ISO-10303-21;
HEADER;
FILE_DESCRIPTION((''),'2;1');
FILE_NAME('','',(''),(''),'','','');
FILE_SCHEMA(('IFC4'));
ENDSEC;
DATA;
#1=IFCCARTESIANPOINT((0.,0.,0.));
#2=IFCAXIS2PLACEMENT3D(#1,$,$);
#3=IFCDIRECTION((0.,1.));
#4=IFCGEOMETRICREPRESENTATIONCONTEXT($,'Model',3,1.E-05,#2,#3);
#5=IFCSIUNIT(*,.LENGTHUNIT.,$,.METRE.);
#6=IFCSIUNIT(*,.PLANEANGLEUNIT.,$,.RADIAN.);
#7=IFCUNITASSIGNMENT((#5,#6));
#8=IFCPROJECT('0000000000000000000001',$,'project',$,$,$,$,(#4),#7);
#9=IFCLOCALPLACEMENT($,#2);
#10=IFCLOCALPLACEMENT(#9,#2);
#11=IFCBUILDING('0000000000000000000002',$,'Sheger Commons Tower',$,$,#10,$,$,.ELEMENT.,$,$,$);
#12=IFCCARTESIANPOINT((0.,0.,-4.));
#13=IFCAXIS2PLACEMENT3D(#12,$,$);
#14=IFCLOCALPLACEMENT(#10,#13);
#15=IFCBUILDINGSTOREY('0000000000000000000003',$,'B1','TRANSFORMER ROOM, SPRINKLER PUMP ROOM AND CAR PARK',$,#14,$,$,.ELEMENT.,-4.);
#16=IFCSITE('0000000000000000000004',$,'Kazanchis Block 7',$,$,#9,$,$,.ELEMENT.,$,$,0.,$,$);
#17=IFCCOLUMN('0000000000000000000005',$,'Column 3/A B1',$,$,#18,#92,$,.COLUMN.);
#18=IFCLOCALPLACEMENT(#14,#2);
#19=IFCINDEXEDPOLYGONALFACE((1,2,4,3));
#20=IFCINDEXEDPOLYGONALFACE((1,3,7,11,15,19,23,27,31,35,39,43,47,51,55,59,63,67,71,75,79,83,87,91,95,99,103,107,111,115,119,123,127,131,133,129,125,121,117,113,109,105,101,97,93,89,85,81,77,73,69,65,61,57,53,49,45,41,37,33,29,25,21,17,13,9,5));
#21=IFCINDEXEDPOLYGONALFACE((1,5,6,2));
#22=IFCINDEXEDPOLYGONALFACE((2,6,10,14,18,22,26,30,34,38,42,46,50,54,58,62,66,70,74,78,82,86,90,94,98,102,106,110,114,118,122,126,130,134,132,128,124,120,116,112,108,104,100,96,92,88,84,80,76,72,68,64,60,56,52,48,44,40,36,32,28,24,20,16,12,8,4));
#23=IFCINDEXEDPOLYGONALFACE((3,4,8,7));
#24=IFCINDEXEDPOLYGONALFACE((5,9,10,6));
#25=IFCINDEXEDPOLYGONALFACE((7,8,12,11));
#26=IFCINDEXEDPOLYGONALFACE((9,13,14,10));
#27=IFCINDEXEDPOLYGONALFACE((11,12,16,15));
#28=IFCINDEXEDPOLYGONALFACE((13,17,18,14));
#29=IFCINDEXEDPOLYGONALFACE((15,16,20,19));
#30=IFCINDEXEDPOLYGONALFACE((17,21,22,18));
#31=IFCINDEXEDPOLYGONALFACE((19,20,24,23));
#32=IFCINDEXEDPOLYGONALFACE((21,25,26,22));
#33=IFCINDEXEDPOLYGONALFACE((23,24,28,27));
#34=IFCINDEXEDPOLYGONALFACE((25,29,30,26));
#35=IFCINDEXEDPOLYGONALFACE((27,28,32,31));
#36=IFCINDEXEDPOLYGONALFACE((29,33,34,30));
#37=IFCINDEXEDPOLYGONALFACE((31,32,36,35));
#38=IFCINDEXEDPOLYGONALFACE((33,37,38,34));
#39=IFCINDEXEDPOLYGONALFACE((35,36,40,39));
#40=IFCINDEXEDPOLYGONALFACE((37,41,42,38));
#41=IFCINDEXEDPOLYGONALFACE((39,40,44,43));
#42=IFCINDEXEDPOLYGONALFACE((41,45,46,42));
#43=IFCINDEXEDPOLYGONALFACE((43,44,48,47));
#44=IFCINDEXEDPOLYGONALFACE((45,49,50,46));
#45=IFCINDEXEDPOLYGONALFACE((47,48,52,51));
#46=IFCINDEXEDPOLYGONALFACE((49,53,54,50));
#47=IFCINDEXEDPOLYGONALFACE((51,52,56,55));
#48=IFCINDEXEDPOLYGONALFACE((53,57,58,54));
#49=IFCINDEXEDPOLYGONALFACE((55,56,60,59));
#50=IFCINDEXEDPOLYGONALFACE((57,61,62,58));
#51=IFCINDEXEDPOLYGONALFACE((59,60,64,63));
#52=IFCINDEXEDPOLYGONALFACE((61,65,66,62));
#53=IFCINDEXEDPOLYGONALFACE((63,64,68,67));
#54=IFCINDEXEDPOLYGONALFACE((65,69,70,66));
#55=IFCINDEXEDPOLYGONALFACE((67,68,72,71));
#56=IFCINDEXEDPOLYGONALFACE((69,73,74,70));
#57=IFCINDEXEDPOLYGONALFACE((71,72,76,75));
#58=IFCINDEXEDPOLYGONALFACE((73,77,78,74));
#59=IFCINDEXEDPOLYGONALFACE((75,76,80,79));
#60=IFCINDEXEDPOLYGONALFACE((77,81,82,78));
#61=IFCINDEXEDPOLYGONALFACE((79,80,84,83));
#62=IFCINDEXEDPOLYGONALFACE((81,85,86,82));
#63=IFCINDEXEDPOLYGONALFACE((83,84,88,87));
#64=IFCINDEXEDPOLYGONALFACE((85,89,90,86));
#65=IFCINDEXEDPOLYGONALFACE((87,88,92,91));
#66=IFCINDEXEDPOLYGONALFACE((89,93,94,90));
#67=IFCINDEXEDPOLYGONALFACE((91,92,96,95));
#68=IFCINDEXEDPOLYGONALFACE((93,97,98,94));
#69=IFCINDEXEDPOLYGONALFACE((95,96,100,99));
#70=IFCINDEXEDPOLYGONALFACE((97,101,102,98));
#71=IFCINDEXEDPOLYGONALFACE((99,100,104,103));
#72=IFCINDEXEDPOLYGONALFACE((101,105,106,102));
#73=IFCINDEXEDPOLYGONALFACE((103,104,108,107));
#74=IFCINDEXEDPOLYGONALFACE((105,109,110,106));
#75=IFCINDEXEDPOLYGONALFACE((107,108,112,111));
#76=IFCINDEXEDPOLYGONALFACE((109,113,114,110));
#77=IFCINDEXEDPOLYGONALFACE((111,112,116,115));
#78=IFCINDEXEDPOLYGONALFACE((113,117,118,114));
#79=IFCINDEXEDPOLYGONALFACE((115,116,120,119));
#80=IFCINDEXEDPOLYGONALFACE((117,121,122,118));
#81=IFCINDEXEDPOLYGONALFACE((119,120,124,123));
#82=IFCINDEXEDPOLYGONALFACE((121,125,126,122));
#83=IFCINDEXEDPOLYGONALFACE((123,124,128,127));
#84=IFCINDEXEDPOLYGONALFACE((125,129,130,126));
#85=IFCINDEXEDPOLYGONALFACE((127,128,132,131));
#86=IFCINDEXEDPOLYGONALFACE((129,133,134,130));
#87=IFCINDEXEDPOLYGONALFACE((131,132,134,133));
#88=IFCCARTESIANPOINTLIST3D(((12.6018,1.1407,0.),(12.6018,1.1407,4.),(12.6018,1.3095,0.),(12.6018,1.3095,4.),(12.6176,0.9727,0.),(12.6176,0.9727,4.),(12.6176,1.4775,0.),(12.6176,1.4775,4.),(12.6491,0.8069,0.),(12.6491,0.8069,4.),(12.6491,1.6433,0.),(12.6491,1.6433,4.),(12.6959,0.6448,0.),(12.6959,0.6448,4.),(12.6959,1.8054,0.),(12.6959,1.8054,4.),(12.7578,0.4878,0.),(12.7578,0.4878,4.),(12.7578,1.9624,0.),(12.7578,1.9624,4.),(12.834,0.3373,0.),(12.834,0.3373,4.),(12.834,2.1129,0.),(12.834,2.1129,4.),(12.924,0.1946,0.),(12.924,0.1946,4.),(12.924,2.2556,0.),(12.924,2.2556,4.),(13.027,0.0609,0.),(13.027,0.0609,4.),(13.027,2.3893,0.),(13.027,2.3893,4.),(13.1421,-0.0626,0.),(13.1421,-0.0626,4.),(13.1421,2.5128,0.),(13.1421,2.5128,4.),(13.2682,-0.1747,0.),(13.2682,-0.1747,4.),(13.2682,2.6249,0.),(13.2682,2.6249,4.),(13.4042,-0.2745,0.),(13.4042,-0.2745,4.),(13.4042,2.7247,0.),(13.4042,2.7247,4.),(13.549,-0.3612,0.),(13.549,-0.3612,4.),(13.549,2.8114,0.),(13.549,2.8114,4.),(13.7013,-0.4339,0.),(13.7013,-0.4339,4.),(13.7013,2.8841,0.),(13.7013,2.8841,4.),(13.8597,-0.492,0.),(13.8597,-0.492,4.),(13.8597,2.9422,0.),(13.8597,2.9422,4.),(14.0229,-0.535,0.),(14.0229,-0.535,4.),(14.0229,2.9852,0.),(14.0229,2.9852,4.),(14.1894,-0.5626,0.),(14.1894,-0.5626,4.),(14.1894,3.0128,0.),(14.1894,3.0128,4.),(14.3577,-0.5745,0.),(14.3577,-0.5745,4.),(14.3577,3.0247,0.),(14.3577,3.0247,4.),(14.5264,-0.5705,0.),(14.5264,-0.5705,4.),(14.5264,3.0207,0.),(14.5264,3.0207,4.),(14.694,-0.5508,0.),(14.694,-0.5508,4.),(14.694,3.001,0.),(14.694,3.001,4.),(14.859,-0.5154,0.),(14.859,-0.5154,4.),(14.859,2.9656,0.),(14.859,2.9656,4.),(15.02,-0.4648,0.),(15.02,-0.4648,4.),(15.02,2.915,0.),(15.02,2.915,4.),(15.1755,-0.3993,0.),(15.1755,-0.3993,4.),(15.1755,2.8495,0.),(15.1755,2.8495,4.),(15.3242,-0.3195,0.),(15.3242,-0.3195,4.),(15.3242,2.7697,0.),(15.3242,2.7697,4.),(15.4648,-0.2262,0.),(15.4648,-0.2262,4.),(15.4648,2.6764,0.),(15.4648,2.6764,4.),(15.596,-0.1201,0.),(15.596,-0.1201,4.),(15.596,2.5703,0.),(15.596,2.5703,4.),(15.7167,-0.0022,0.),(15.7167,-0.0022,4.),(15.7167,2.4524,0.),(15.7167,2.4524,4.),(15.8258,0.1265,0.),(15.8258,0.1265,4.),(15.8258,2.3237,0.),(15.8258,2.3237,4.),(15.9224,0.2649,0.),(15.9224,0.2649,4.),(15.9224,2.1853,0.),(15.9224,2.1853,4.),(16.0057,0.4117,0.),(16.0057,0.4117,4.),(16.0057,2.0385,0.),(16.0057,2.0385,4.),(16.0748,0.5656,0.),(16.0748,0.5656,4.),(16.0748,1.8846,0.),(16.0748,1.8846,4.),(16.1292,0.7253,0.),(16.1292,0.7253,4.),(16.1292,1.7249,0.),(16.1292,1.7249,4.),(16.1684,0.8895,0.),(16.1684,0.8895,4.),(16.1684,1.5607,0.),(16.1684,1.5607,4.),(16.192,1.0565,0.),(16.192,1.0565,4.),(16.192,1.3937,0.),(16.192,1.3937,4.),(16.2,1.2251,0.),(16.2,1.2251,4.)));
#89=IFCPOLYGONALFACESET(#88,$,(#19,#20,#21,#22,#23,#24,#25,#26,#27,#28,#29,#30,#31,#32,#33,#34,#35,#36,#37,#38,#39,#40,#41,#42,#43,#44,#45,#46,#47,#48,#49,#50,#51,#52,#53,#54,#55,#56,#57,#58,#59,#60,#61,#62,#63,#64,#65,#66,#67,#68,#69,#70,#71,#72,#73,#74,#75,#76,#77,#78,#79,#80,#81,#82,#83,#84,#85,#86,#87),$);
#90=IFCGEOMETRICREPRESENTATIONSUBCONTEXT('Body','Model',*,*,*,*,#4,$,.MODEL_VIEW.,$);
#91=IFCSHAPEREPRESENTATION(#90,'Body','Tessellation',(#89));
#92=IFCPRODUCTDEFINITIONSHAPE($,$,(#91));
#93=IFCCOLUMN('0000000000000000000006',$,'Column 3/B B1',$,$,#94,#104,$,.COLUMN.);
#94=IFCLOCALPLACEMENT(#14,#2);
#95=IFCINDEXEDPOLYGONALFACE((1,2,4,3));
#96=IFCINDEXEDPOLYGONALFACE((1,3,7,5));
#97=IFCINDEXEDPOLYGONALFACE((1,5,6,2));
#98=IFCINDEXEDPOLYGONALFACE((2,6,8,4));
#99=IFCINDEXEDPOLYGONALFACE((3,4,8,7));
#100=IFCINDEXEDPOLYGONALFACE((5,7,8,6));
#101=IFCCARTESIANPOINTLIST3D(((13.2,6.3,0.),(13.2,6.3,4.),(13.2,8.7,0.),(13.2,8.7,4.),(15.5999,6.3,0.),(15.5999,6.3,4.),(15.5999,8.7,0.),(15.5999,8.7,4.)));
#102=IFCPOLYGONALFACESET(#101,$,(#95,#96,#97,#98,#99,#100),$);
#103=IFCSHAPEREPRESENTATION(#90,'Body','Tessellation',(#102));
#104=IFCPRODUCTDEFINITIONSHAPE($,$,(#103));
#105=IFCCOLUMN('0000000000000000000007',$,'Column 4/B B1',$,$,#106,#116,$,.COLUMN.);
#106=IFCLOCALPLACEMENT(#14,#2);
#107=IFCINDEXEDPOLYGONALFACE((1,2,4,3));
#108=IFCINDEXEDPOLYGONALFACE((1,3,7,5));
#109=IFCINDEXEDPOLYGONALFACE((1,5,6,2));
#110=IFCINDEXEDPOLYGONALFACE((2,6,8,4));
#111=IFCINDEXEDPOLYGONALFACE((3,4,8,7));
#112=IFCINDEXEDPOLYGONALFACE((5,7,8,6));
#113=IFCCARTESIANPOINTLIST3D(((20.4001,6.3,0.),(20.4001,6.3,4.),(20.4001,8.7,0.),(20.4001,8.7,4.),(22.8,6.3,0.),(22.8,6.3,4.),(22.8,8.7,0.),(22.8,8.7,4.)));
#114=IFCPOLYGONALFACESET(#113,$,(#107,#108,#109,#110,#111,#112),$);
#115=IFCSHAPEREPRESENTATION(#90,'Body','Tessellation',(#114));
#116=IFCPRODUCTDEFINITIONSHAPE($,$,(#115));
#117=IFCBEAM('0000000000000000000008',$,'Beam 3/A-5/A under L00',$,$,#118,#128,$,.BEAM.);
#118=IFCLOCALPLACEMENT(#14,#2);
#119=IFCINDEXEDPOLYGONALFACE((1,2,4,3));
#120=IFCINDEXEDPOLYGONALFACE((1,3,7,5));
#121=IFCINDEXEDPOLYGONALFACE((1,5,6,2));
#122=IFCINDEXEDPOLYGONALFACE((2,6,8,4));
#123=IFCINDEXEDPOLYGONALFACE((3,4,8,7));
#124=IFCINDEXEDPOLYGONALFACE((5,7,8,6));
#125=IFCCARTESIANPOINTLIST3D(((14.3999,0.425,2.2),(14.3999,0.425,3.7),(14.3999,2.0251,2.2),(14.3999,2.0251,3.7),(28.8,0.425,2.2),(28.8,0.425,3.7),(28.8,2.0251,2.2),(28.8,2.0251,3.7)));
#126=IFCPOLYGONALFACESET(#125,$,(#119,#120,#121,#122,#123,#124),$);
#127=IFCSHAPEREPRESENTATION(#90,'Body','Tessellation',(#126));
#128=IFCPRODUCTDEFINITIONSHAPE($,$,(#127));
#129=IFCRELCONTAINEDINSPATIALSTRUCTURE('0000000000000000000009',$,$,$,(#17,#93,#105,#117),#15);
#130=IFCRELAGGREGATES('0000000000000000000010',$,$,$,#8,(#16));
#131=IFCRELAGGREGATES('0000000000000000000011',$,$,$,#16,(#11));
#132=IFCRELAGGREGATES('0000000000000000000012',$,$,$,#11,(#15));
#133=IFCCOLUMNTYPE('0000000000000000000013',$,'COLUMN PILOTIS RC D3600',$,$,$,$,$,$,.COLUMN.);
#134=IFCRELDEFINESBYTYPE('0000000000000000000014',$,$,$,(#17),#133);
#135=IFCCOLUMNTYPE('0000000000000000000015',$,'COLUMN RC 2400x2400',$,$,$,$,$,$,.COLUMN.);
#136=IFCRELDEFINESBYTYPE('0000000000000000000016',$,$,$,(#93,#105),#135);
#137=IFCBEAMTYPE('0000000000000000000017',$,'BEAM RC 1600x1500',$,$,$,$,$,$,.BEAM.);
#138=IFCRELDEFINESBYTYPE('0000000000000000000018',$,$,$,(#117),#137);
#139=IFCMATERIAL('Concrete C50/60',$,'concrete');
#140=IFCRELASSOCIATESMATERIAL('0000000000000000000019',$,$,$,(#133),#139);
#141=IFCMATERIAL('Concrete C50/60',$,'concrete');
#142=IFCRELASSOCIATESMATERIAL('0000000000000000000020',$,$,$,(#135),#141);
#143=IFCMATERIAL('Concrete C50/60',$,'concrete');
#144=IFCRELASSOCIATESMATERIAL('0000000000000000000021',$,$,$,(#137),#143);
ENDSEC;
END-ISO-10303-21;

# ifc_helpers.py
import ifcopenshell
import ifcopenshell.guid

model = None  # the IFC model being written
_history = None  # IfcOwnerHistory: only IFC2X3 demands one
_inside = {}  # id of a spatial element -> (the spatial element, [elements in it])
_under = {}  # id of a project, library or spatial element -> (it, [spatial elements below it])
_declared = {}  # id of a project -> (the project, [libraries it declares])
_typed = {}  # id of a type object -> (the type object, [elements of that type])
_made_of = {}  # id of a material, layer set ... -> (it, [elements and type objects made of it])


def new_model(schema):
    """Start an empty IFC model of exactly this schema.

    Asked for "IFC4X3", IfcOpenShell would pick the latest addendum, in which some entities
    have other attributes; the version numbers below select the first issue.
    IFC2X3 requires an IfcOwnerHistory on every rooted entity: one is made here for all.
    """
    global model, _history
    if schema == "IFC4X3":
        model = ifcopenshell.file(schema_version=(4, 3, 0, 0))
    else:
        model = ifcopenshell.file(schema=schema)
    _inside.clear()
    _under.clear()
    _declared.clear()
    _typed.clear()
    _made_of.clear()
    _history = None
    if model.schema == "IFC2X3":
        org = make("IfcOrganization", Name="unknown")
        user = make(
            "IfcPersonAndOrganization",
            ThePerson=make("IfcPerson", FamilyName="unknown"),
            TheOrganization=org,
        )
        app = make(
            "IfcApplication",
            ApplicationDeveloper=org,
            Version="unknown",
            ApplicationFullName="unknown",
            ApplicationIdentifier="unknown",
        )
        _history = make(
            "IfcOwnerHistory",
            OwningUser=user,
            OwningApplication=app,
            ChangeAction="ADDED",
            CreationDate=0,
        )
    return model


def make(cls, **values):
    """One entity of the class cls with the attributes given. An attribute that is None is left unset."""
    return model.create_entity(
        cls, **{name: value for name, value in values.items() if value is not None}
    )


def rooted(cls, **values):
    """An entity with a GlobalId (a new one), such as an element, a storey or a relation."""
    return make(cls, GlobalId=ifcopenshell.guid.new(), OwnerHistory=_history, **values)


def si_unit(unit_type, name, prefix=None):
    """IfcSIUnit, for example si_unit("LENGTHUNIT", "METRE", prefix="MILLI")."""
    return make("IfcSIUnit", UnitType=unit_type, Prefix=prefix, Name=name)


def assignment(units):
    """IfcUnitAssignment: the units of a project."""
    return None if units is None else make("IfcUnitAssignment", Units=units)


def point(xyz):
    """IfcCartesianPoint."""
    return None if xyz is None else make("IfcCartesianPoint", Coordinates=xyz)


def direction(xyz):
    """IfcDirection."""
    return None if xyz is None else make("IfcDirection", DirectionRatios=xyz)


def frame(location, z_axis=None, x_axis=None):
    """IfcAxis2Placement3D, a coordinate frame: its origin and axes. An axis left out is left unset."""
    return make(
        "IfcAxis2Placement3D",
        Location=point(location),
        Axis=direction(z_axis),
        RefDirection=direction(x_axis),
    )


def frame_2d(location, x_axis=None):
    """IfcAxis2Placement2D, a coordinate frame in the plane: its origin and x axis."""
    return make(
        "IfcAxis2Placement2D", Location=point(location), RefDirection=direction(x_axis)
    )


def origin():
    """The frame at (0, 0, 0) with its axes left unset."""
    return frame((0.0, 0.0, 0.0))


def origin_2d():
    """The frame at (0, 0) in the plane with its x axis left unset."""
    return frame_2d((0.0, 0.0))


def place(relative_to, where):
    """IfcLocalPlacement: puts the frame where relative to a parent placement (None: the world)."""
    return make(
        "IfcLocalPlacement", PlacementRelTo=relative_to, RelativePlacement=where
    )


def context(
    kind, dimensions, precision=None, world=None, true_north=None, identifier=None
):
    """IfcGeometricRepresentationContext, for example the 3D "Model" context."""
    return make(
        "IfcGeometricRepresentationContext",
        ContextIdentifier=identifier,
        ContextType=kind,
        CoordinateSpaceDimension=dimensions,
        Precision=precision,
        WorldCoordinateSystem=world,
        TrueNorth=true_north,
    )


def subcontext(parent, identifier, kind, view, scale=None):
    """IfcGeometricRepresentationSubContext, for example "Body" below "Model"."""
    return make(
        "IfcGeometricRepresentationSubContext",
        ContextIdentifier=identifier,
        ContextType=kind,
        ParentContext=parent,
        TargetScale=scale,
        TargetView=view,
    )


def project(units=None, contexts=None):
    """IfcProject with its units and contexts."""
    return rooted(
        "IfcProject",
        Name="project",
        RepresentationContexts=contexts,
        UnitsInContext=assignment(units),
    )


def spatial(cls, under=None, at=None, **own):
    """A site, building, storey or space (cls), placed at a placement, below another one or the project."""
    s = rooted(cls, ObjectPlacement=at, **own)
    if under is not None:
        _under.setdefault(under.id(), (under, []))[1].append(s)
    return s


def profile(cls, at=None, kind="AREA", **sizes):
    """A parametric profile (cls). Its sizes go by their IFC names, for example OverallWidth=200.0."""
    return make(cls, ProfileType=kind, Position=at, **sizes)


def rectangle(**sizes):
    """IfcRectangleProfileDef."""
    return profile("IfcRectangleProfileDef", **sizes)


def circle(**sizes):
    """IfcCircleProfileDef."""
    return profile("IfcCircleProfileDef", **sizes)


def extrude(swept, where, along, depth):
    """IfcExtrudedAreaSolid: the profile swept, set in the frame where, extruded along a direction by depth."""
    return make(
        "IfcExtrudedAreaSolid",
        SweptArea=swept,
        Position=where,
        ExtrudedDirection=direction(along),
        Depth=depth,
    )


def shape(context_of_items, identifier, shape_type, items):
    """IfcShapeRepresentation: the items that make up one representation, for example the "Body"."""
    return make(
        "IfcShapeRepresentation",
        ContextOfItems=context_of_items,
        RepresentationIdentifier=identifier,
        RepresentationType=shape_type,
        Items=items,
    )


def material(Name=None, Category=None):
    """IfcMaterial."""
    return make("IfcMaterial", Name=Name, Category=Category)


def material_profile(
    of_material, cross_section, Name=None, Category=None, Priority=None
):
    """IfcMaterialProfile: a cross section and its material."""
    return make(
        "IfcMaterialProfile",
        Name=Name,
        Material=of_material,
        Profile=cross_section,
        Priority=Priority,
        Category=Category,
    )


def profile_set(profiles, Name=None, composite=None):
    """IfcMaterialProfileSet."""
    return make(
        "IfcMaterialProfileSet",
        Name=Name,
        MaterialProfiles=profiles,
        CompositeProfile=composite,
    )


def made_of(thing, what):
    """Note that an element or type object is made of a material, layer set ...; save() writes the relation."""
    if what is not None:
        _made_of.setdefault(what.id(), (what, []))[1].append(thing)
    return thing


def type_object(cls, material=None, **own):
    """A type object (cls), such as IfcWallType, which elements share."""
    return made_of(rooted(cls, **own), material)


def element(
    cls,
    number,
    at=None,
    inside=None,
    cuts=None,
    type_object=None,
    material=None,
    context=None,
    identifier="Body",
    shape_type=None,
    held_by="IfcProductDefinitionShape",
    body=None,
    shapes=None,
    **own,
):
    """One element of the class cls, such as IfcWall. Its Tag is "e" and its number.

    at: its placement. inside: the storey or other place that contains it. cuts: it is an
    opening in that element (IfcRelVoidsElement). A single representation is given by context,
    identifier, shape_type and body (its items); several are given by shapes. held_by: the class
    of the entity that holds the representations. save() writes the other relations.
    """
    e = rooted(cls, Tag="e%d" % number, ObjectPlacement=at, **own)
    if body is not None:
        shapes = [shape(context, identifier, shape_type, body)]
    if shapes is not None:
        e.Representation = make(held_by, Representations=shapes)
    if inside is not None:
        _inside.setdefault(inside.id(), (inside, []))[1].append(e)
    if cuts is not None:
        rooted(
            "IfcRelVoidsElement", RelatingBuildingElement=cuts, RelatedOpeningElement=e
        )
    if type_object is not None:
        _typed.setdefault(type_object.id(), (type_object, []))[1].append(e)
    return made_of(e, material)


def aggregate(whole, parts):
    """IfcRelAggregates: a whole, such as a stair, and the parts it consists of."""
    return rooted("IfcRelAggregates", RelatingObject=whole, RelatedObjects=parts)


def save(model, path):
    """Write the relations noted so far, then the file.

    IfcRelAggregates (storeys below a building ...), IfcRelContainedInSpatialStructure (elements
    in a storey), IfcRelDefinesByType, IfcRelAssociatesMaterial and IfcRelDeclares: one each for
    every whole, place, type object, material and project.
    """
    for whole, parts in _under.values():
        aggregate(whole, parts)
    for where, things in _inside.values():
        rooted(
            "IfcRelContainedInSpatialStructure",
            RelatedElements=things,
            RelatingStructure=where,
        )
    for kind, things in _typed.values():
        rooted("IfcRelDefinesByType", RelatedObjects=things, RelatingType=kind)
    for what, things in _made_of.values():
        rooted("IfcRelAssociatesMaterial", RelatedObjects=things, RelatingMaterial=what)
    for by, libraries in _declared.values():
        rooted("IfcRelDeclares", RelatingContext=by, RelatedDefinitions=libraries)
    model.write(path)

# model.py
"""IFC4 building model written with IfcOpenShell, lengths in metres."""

from ifc_helpers import new_model, si_unit, direction, frame, origin, origin_2d, place, context, subcontext, project, spatial, rectangle, circle, extrude, material, material_profile, profile_set, type_object, element, save


model = new_model("IFC4")

# Units and contexts
model_context = context("Model", 3, precision=1e-05, world=origin(), true_north=direction((0.0, 1.0)))
body_context = subcontext(model_context, "Body", "Model", "MODEL_VIEW")
ifc_project = project(units=[si_unit("LENGTHUNIT", "METRE"), si_unit("PLANEANGLEUNIT", "RADIAN")], contexts=[model_context])

# Site, building, storey
site_placement = place(None, origin())
site = spatial("IfcSite", under=ifc_project, at=site_placement, Name="Kazanchis Block 7", CompositionType="ELEMENT", RefElevation=0.0)
building_placement = place(site_placement, origin())
building = spatial("IfcBuilding", under=site, at=building_placement, Name="Sheger Commons Tower", CompositionType="ELEMENT")
storey_placement = place(building_placement, frame((0.0, 0.0, -4.0)))
storey = spatial("IfcBuildingStorey", under=building, at=storey_placement, Name="B1", Description="TRANSFORMER ROOM, SPRINKLER PUMP ROOM AND CAR PARK", CompositionType="ELEMENT", Elevation=-4.0)

# Columns
ifc_material_1 = material(Name="Concrete C50/60", Category="concrete")
ifc_material_profile_1 = material_profile(ifc_material_1, circle(Radius=1.8, at=origin_2d()), Name="RC D3600")
ifc_profile_set_1 = profile_set([ifc_material_profile_1], Name="Concrete C50/60")
column_type_1 = type_object("IfcColumnType", Name="COLUMN PILOTIS RC D3600", PredefinedType="COLUMN", material=ifc_profile_set_1)
column_placement = place(storey_placement, frame((14.3999, 1.2251, 0.0), z_axis=(0.0, 0.0, 1.0), x_axis=(1.0, 0.0, 0.0)))
element("IfcColumn", 1, at=column_placement, inside=storey, type_object=column_type_1, Name="Column 3/A B1", PredefinedType="COLUMN", context=body_context, shape_type="SweptSolid", body=[
    extrude(circle(Radius=1.8, at=origin_2d()), origin(), (0.0, 0.0, 1.0), 4.0),
])
ifc_material_2 = material(Name="Concrete C50/60", Category="concrete")
ifc_material_profile_2 = material_profile(ifc_material_2, rectangle(XDim=2.3999, YDim=2.3999, at=origin_2d()), Name="RC 2400x2400")
ifc_profile_set_2 = profile_set([ifc_material_profile_2], Name="Concrete C50/60")
column_type_2 = type_object("IfcColumnType", Name="COLUMN RC 2400x2400", PredefinedType="COLUMN", material=ifc_profile_set_2)
for number, where, z_axis, x_axis, name in (
    (2, (14.3999, 7.5, 0.0), (0.0, 0.0, 1.0), (1.0, 0.0, 0.0), "Column 3/B B1"),
    (3, (21.6001, 7.5, 0.0), (0.0, 0.0, 1.0), (1.0, 0.0, 0.0), "Column 4/B B1"),
):
    element("IfcColumn", number, at=place(storey_placement, frame(where, z_axis=z_axis, x_axis=x_axis)), inside=storey, type_object=column_type_2, Name=name, PredefinedType="COLUMN", context=body_context, shape_type="SweptSolid", body=[
        extrude(rectangle(XDim=2.3999, YDim=2.3999, at=origin_2d()), origin(), (0.0, 0.0, 1.0), 4.0),
    ])

# Beam
ifc_material_3 = material(Name="Concrete C50/60", Category="concrete")
ifc_material_profile_3 = material_profile(ifc_material_3, rectangle(XDim=1.6001, YDim=1.5, at=origin_2d()), Name="RC 1600x1500")
ifc_profile_set_3 = profile_set([ifc_material_profile_3], Name="Concrete C50/60")
beam_type = type_object("IfcBeamType", Name="BEAM RC 1600x1500", PredefinedType="BEAM", material=ifc_profile_set_3)
beam_placement = place(storey_placement, frame((14.3999, 1.2251, 2.95), z_axis=(1.0, 0.0, 0.0), x_axis=(0.0, 1.0, 0.0)))
element("IfcBeam", 4, at=beam_placement, inside=storey, type_object=beam_type, Name="Beam 3/A-5/A under L00", PredefinedType="BEAM", context=body_context, shape_type="SweptSolid", body=[
    extrude(rectangle(XDim=1.6001, YDim=1.5, at=origin_2d()), origin(), (0.0, 0.0, 1.0), 14.4001),
])

save(model, "model.ifc")
